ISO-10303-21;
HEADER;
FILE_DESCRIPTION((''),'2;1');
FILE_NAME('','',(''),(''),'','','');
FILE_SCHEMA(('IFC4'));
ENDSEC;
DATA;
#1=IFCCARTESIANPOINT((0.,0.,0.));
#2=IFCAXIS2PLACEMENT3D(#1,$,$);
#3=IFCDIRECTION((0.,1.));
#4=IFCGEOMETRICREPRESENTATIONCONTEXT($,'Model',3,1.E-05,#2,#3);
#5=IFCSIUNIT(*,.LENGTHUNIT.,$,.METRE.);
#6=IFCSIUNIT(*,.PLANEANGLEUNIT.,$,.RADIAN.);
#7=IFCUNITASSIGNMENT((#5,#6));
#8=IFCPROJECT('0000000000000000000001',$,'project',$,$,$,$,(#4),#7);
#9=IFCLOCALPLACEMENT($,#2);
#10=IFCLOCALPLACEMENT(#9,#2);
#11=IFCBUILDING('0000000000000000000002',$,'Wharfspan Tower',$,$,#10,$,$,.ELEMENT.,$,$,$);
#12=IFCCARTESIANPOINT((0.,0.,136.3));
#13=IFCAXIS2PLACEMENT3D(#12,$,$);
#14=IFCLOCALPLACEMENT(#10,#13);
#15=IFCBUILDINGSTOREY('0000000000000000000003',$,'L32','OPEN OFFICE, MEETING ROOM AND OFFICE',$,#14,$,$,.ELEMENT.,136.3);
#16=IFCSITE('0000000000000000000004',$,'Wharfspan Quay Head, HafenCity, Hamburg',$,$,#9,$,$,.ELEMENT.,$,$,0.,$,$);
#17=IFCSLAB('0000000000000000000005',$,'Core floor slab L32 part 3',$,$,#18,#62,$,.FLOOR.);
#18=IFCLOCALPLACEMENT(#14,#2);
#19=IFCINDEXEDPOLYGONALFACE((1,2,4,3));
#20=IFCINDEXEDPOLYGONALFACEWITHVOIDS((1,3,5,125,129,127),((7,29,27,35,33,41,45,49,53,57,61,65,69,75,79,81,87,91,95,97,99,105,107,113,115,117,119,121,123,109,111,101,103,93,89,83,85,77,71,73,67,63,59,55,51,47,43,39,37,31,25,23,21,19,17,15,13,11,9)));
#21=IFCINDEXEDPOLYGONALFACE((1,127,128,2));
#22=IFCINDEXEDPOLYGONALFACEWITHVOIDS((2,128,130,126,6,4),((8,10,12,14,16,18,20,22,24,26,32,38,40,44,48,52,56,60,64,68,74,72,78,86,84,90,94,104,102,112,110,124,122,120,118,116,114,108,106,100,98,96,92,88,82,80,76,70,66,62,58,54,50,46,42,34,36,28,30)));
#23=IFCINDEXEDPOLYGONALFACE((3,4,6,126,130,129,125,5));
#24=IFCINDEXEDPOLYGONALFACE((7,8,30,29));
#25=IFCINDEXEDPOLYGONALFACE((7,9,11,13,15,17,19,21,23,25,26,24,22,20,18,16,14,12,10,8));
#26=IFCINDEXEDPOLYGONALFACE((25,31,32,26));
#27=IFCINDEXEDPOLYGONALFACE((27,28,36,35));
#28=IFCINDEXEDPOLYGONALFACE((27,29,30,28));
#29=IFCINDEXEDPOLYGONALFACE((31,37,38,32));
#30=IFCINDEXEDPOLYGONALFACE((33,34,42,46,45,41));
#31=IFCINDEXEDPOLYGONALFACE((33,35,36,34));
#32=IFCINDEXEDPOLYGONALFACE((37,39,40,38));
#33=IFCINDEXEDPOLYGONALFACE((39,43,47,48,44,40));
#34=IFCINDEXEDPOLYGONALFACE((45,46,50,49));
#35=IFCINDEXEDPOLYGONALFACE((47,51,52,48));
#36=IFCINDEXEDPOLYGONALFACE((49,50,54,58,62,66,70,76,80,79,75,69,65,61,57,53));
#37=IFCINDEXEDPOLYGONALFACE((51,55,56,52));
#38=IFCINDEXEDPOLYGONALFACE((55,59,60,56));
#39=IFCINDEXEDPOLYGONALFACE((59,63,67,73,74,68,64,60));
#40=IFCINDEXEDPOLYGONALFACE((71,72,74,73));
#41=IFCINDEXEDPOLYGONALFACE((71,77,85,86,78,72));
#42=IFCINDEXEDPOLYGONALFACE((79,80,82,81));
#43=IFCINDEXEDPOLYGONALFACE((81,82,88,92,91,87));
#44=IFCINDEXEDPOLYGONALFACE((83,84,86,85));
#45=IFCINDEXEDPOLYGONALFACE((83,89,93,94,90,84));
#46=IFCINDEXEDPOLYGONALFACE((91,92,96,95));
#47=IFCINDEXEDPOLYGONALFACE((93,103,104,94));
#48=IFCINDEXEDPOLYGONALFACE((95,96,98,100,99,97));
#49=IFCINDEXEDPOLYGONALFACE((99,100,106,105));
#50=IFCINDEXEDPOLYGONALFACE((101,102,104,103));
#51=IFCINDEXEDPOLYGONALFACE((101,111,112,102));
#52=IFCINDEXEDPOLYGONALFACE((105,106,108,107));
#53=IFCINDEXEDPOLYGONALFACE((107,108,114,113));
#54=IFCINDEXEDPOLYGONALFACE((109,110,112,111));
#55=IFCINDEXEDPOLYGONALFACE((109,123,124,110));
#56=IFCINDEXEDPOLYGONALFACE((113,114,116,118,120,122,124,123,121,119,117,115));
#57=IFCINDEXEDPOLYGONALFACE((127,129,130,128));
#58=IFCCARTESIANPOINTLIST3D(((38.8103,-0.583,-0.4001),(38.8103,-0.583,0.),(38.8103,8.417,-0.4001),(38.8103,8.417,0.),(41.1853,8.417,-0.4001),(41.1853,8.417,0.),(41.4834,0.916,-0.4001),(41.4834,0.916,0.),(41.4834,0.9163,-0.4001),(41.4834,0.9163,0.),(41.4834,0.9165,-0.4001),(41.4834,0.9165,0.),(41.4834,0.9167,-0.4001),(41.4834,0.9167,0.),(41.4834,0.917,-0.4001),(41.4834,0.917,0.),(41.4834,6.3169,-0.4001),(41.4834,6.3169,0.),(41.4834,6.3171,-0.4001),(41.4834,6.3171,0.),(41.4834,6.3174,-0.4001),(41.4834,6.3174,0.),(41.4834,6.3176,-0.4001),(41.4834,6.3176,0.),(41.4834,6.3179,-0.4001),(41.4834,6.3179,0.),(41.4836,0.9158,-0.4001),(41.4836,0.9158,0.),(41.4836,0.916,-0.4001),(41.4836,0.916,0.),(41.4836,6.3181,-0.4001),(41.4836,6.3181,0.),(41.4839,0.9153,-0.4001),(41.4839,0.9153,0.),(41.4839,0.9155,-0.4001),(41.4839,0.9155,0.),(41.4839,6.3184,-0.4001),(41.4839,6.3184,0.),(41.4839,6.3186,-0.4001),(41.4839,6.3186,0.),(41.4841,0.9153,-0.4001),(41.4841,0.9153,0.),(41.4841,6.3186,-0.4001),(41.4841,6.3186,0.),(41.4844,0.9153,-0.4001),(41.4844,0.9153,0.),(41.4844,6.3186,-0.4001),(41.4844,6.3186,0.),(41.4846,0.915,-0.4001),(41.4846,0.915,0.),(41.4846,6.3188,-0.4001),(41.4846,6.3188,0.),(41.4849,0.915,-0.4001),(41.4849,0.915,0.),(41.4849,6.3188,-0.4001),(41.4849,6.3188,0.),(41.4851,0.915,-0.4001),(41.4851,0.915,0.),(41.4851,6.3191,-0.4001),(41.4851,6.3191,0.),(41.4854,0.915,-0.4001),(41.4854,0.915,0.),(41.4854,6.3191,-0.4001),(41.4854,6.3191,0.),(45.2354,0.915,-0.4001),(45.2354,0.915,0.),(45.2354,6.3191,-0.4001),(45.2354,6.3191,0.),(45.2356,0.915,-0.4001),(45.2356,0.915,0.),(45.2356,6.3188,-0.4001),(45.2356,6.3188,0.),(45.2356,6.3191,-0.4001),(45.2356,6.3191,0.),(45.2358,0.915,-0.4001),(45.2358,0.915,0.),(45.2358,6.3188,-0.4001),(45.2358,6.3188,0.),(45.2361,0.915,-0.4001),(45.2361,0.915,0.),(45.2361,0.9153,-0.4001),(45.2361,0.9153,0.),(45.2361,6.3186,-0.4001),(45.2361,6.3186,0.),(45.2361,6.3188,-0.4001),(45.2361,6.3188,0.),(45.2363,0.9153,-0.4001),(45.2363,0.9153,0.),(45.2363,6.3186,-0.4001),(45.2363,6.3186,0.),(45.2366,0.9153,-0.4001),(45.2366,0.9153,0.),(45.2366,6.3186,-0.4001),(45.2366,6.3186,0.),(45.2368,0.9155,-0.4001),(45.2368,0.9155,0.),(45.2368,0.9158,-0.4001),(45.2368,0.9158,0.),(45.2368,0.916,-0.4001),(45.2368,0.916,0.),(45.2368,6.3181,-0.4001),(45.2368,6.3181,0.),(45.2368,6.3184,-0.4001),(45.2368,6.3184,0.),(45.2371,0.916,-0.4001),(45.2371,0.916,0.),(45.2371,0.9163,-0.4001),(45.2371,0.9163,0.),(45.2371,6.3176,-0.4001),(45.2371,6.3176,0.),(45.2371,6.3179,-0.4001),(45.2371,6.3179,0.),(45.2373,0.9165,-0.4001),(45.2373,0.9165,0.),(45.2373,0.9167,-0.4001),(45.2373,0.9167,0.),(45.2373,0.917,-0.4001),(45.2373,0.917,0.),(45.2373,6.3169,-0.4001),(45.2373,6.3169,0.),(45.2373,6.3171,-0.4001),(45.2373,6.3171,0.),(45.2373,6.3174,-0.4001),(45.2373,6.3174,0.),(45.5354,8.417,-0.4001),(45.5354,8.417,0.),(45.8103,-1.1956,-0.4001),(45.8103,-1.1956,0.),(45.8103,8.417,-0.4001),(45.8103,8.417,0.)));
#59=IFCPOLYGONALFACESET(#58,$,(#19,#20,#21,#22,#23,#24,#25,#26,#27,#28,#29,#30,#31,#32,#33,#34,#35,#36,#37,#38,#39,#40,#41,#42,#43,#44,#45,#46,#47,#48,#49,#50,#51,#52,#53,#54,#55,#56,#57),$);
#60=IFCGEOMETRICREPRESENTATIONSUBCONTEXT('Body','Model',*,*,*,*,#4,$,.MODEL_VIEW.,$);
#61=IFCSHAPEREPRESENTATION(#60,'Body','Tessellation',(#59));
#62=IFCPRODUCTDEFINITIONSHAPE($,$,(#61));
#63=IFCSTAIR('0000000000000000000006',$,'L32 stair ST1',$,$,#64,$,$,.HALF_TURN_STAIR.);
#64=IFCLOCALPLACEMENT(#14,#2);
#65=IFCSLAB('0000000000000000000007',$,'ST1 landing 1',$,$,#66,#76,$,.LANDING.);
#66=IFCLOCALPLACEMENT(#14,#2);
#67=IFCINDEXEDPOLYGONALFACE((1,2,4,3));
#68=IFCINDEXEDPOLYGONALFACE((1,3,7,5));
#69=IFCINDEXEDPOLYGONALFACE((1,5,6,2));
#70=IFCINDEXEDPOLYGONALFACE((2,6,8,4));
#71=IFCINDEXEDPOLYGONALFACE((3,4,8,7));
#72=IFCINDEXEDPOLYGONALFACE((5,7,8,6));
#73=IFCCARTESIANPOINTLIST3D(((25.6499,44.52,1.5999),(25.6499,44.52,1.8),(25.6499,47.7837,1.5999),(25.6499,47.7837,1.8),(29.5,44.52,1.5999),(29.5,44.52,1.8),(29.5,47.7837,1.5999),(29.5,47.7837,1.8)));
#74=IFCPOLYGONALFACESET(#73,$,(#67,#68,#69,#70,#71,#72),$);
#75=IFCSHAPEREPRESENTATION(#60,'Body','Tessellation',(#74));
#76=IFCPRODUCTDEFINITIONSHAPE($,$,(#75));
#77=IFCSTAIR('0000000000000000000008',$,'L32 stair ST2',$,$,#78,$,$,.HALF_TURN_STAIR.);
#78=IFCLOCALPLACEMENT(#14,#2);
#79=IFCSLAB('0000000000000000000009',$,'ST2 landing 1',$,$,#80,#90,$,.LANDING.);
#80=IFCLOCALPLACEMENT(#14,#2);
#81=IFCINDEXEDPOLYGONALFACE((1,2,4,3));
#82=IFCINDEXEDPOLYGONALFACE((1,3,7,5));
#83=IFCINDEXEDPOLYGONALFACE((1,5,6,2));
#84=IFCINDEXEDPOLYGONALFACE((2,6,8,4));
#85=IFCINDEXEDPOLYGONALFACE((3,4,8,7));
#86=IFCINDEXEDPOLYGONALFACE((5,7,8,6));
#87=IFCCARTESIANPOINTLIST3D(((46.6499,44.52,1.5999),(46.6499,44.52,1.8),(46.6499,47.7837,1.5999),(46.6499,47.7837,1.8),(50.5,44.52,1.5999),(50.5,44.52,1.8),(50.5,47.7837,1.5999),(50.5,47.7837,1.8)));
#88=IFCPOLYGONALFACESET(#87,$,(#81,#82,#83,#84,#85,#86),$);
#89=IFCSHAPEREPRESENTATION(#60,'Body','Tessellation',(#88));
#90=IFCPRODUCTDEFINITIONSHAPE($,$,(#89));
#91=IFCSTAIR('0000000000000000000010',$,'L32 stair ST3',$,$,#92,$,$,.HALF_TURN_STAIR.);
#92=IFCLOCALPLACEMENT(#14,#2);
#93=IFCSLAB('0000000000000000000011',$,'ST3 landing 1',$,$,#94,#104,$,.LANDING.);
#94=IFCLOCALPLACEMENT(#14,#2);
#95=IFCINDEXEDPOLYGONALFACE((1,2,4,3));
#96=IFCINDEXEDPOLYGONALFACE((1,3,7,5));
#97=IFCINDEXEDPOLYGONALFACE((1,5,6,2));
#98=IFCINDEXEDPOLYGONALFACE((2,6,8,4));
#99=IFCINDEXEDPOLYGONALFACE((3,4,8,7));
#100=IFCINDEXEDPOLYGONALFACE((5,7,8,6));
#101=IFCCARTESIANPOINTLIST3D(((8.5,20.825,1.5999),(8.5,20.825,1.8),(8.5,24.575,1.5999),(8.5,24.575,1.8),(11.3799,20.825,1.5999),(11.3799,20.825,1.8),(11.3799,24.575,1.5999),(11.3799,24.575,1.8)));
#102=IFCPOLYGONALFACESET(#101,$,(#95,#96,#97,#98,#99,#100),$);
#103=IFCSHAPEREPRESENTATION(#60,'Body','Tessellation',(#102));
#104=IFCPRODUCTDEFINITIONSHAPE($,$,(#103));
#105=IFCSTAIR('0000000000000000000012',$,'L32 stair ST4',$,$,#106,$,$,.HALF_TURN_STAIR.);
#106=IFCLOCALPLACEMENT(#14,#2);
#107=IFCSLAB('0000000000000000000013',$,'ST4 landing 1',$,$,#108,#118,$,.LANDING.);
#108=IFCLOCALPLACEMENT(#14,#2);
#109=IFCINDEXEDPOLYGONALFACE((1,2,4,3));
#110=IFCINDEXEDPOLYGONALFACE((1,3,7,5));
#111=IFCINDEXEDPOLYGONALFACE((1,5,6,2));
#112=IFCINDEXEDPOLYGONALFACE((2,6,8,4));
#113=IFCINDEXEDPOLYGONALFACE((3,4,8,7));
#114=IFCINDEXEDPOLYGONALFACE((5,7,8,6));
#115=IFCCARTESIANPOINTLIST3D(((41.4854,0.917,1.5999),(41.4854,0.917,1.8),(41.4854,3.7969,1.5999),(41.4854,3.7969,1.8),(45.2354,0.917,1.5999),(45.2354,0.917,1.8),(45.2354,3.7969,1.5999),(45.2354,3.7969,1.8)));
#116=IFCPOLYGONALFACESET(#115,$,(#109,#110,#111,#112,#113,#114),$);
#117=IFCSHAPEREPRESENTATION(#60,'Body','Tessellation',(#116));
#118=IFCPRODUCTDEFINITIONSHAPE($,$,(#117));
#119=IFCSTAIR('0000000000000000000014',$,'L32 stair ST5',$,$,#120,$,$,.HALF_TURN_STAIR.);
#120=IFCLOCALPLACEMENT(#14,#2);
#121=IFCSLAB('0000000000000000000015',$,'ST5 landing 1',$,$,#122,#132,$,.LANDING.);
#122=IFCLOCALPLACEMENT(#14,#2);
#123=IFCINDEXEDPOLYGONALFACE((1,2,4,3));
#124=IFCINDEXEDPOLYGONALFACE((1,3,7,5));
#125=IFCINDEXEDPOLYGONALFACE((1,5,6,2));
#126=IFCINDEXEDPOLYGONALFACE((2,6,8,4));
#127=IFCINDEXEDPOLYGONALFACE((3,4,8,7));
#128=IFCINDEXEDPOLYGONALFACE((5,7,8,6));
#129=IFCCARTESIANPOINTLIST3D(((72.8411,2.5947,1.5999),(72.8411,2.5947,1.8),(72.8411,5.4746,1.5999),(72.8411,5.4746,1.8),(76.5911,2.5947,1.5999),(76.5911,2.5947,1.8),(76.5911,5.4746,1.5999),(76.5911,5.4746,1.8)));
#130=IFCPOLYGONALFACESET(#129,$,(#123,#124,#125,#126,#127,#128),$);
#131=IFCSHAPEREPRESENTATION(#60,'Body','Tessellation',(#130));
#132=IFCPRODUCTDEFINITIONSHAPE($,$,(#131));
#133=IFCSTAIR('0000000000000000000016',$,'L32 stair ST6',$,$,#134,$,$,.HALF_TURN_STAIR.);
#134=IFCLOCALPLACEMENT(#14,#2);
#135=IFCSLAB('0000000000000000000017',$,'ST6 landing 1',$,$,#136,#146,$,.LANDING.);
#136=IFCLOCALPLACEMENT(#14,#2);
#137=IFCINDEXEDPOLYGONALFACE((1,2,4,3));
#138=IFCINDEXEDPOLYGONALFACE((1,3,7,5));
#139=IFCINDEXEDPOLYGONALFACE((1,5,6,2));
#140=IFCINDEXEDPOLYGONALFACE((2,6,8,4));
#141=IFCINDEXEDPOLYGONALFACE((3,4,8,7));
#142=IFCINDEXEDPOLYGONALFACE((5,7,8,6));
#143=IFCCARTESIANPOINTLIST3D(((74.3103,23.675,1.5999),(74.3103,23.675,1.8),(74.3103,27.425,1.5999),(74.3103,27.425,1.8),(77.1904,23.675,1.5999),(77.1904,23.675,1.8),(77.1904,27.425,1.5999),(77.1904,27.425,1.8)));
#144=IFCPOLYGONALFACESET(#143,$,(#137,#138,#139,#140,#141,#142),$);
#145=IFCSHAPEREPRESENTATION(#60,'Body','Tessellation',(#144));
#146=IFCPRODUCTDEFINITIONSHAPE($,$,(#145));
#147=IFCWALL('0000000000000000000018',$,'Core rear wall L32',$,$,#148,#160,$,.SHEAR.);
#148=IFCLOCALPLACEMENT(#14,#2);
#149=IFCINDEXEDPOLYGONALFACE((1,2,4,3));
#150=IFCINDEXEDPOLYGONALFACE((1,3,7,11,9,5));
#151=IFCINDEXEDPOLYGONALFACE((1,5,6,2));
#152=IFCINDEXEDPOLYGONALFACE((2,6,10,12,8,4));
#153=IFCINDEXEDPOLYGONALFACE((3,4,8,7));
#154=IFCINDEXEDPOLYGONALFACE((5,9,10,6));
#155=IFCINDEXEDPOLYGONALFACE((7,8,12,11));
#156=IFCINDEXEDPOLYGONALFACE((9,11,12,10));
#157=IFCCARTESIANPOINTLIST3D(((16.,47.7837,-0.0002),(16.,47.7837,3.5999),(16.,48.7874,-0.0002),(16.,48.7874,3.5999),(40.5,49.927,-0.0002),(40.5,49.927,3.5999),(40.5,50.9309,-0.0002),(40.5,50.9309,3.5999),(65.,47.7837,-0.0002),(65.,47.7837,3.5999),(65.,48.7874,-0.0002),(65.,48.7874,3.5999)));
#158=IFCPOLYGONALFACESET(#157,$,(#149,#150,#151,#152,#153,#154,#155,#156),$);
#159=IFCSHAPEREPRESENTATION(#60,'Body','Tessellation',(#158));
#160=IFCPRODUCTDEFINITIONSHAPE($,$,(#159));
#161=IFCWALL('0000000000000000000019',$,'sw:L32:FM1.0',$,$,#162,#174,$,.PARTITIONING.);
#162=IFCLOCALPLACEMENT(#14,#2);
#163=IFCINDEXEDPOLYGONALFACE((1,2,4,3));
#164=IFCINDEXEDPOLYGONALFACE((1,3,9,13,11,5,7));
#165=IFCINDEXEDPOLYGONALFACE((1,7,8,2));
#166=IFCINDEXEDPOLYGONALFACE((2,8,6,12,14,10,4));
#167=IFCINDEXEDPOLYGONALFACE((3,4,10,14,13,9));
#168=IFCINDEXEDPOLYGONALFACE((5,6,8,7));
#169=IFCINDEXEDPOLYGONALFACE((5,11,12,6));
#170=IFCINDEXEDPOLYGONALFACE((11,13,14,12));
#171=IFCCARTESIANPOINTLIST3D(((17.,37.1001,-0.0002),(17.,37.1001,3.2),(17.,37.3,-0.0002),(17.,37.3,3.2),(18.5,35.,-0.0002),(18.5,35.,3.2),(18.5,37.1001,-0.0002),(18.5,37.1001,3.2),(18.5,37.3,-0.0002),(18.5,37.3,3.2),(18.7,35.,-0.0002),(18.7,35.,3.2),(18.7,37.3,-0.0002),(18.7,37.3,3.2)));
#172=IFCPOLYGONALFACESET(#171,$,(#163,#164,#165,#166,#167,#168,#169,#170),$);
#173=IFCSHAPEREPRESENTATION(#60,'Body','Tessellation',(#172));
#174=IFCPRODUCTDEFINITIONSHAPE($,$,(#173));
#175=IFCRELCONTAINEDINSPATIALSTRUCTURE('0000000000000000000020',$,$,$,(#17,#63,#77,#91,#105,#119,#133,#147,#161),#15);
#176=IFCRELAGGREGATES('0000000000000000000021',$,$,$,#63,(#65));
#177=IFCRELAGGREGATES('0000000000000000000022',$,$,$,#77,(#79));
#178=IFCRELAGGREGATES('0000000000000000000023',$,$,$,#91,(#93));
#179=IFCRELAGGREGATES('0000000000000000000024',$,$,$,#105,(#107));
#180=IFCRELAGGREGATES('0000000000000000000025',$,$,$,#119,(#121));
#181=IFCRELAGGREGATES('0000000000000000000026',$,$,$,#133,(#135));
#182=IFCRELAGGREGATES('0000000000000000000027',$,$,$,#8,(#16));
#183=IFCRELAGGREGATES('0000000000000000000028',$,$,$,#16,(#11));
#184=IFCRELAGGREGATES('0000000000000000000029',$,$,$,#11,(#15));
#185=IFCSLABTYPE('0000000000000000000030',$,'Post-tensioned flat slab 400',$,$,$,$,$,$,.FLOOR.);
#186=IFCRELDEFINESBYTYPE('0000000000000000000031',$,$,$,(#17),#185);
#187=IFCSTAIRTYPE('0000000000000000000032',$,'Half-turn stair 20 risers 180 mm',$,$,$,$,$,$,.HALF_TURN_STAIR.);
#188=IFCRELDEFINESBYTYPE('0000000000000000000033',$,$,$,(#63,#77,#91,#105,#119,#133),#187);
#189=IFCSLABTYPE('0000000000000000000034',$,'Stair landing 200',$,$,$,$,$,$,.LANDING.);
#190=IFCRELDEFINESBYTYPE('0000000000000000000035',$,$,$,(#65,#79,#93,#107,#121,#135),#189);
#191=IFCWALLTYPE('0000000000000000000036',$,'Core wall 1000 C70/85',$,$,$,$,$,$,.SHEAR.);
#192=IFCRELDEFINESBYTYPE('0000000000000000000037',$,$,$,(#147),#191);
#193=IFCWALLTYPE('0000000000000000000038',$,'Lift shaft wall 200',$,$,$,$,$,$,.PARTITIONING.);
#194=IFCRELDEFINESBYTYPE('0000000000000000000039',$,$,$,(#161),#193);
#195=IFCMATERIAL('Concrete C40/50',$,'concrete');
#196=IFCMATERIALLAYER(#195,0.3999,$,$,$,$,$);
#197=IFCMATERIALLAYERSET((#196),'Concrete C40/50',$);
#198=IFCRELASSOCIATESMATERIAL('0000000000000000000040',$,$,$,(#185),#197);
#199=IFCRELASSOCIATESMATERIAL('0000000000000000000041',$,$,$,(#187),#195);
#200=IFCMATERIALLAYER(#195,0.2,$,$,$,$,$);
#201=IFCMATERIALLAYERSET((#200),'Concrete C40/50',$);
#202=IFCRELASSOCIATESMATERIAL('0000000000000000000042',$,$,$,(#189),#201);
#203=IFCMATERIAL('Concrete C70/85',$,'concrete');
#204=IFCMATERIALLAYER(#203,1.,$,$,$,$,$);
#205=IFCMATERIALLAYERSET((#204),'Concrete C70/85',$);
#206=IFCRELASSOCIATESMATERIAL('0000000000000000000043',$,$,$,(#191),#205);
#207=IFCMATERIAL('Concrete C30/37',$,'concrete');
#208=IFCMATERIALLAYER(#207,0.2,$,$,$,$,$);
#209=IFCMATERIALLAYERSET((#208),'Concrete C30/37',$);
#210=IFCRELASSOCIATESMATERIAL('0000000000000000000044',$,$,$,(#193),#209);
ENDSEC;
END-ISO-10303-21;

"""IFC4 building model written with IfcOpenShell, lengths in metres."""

from ifc_helpers import new_model, si_unit, direction, frame, origin, place, context, subcontext, project, spatial, polyline, outline, extrude, material, layer, layer_set, type_object, element, aggregate, save


model = new_model("IFC4")

# Units and contexts
model_context = context("Model", 3, precision=1e-05, world=origin(), true_north=direction((0.0, 1.0)))
body_context = subcontext(model_context, "Body", "Model", "MODEL_VIEW")
ifc_project = project(units=[si_unit("LENGTHUNIT", "METRE"), si_unit("PLANEANGLEUNIT", "RADIAN")], contexts=[model_context])

# Site, building, storey
site_placement = place(None, origin())
site = spatial("IfcSite", under=ifc_project, at=site_placement, Name="Wharfspan Quay Head, HafenCity, Hamburg", CompositionType="ELEMENT", RefElevation=0.0)
building_placement = place(site_placement, origin())
building = spatial("IfcBuilding", under=site, at=building_placement, Name="Wharfspan Tower", CompositionType="ELEMENT")
storey_placement = place(building_placement, frame((0.0, 0.0, 136.3)))
storey = spatial("IfcBuildingStorey", under=building, at=storey_placement, Name="L32", Description="OPEN OFFICE, MEETING ROOM AND OFFICE", CompositionType="ELEMENT", Elevation=136.3)

# Slab
ifc_material_1 = material(Name="Concrete C40/50", Category="concrete")
ifc_layer_1 = layer(ifc_material_1, 0.3999)
ifc_layer_set_1 = layer_set([ifc_layer_1], Name="Concrete C40/50")
slab_type_1 = type_object("IfcSlabType", Name="Post-tensioned flat slab 400", PredefinedType="FLOOR", material=ifc_layer_set_1)
slab_1_placement = place(storey_placement, frame((0.0, 0.0, -0.4001)))
element("IfcSlab", 1, at=slab_1_placement, inside=storey, type_object=slab_type_1, Name="Core floor slab L32 part 3", PredefinedType="FLOOR", context=body_context, shape_type="SweptSolid", body=[
    extrude(outline(polyline([(45.5354, 8.417), (41.1853, 8.417), (38.8103, 8.417), (38.8103, -0.583), (45.8103, -1.1956), (45.8103, 8.417), (45.5354, 8.417)]), holes=[polyline([(41.4834, 6.3169), (41.4834, 6.3171), (41.4834, 6.3174), (41.4834, 6.3174), (41.4834, 6.3176), (41.4834, 6.3179), (41.4836, 6.3181), (41.4836, 6.3181), (41.4839, 6.3184), (41.4839, 6.3186), (41.4841, 6.3186), (41.4844, 6.3186), (41.4846, 6.3188), (41.4846, 6.3188), (41.4849, 6.3188), (41.4851, 6.3191), (41.4854, 6.3191), (45.2354, 6.3191), (45.2356, 6.3191), (45.2356, 6.3188), (45.2358, 6.3188), (45.2361, 6.3188), (45.2361, 6.3186), (45.2363, 6.3186), (45.2366, 6.3186), (45.2368, 6.3184), (45.2368, 6.3181), (45.2368, 6.3181), (45.2371, 6.3179), (45.2371, 6.3176), (45.2373, 6.3174), (45.2373, 6.3174), (45.2373, 6.3171), (45.2373, 6.3169), (45.2373, 0.917), (45.2373, 0.9167), (45.2373, 0.9165), (45.2373, 0.9165), (45.2371, 0.9163), (45.2371, 0.916), (45.2368, 0.916), (45.2368, 0.9158), (45.2368, 0.9155), (45.2366, 0.9153), (45.2363, 0.9153), (45.2361, 0.9153), (45.2361, 0.915), (45.2358, 0.915), (45.2356, 0.915), (45.2356, 0.915), (45.2354, 0.915), (41.4854, 0.915), (41.4851, 0.915), (41.4849, 0.915), (41.4846, 0.915), (41.4846, 0.915), (41.4844, 0.9153), (41.4841, 0.9153), (41.4839, 0.9153), (41.4839, 0.9155), (41.4836, 0.9158), (41.4836, 0.916), (41.4834, 0.916), (41.4834, 0.9163), (41.4834, 0.9165), (41.4834, 0.9165), (41.4834, 0.9167), (41.4834, 0.917), (41.4834, 6.3169)])]), origin(), (0.0, 0.0, 1.0), 0.4001),
])

# Stairs, slabs
stair_type = type_object("IfcStairType", Name="Half-turn stair 20 risers 180 mm", PredefinedType="HALF_TURN_STAIR", material=ifc_material_1)
stair_1_placement = place(storey_placement, origin())
stair_1 = element("IfcStair", 2, at=stair_1_placement, inside=storey, type_object=stair_type, Name="L32 stair ST1", PredefinedType="HALF_TURN_STAIR")
ifc_layer_2 = layer(ifc_material_1, 0.2)
ifc_layer_set_2 = layer_set([ifc_layer_2], Name="Concrete C40/50")
slab_type_2 = type_object("IfcSlabType", Name="Stair landing 200", PredefinedType="LANDING", material=ifc_layer_set_2)
slab_2_placement = place(storey_placement, frame((0.0, 0.0, 1.5999)))
slab_2 = element("IfcSlab", 3, at=slab_2_placement, type_object=slab_type_2, Name="ST1 landing 1", PredefinedType="LANDING", context=body_context, shape_type="SweptSolid", body=[
    extrude(outline(polyline([(25.6499, 44.52), (29.5, 44.52), (29.5, 47.7837), (25.6499, 47.7837), (25.6499, 44.52)])), origin(), (0.0, 0.0, 1.0), 0.2002),
])
aggregate(stair_1, [slab_2])
stair_2_placement = place(storey_placement, origin())
stair_2 = element("IfcStair", 4, at=stair_2_placement, inside=storey, type_object=stair_type, Name="L32 stair ST2", PredefinedType="HALF_TURN_STAIR")
slab_3_placement = place(storey_placement, frame((0.0, 0.0, 1.5999)))
slab_3 = element("IfcSlab", 5, at=slab_3_placement, type_object=slab_type_2, Name="ST2 landing 1", PredefinedType="LANDING", context=body_context, shape_type="SweptSolid", body=[
    extrude(outline(polyline([(46.6499, 44.52), (50.5, 44.52), (50.5, 47.7837), (46.6499, 47.7837), (46.6499, 44.52)])), origin(), (0.0, 0.0, 1.0), 0.2002),
])
aggregate(stair_2, [slab_3])
stair_3_placement = place(storey_placement, origin())
stair_3 = element("IfcStair", 6, at=stair_3_placement, inside=storey, type_object=stair_type, Name="L32 stair ST3", PredefinedType="HALF_TURN_STAIR")
slab_4_placement = place(storey_placement, frame((0.0, 0.0, 1.5999)))
slab_4 = element("IfcSlab", 7, at=slab_4_placement, type_object=slab_type_2, Name="ST3 landing 1", PredefinedType="LANDING", context=body_context, shape_type="SweptSolid", body=[
    extrude(outline(polyline([(11.3799, 24.575), (8.5, 24.575), (8.5, 20.825), (11.3799, 20.825), (11.3799, 24.575)])), origin(), (0.0, 0.0, 1.0), 0.2002),
])
aggregate(stair_3, [slab_4])
stair_4_placement = place(storey_placement, origin())
stair_4 = element("IfcStair", 8, at=stair_4_placement, inside=storey, type_object=stair_type, Name="L32 stair ST4", PredefinedType="HALF_TURN_STAIR")
slab_5_placement = place(storey_placement, frame((0.0, 0.0, 1.5999)))
slab_5 = element("IfcSlab", 9, at=slab_5_placement, type_object=slab_type_2, Name="ST4 landing 1", PredefinedType="LANDING", context=body_context, shape_type="SweptSolid", body=[
    extrude(outline(polyline([(41.4854, 3.7969), (41.4854, 0.917), (45.2354, 0.917), (45.2354, 3.7969), (41.4854, 3.7969)])), origin(), (0.0, 0.0, 1.0), 0.2002),
])
aggregate(stair_4, [slab_5])
stair_5_placement = place(storey_placement, origin())
stair_5 = element("IfcStair", 10, at=stair_5_placement, inside=storey, type_object=stair_type, Name="L32 stair ST5", PredefinedType="HALF_TURN_STAIR")
slab_6_placement = place(storey_placement, frame((0.0, 0.0, 1.5999)))
slab_6 = element("IfcSlab", 11, at=slab_6_placement, type_object=slab_type_2, Name="ST5 landing 1", PredefinedType="LANDING", context=body_context, shape_type="SweptSolid", body=[
    extrude(outline(polyline([(72.8411, 5.4746), (72.8411, 2.5947), (76.5911, 2.5947), (76.5911, 5.4746), (72.8411, 5.4746)])), origin(), (0.0, 0.0, 1.0), 0.2002),
])
aggregate(stair_5, [slab_6])
stair_6_placement = place(storey_placement, origin())
stair_6 = element("IfcStair", 12, at=stair_6_placement, inside=storey, type_object=stair_type, Name="L32 stair ST6", PredefinedType="HALF_TURN_STAIR")
slab_7_placement = place(storey_placement, frame((0.0, 0.0, 1.5999)))
slab_7 = element("IfcSlab", 13, at=slab_7_placement, type_object=slab_type_2, Name="ST6 landing 1", PredefinedType="LANDING", context=body_context, shape_type="SweptSolid", body=[
    extrude(outline(polyline([(74.3103, 23.675), (77.1904, 23.675), (77.1904, 27.425), (74.3103, 27.425), (74.3103, 23.675)])), origin(), (0.0, 0.0, 1.0), 0.2002),
])
aggregate(stair_6, [slab_7])

# Walls
ifc_material_2 = material(Name="Concrete C70/85", Category="concrete")
ifc_layer_3 = layer(ifc_material_2, 1.0)
ifc_layer_set_3 = layer_set([ifc_layer_3], Name="Concrete C70/85")
wall_type_1 = type_object("IfcWallType", Name="Core wall 1000 C70/85", PredefinedType="SHEAR", material=ifc_layer_set_3)
wall_1_placement = place(storey_placement, frame((0.0, 0.0, -0.0002)))
element("IfcWall", 14, at=wall_1_placement, inside=storey, type_object=wall_type_1, Name="Core rear wall L32", PredefinedType="SHEAR", context=body_context, shape_type="SweptSolid", body=[
    extrude(outline(polyline([(16.0, 47.7837), (40.5, 49.927), (65.0, 47.7837), (65.0, 48.7874), (40.5, 50.9309), (16.0, 48.7874), (16.0, 47.7837)])), origin(), (0.0, 0.0, 1.0), 3.6001),
])
ifc_material_3 = material(Name="Concrete C30/37", Category="concrete")
ifc_layer_4 = layer(ifc_material_3, 0.2)
ifc_layer_set_4 = layer_set([ifc_layer_4], Name="Concrete C30/37")
wall_type_2 = type_object("IfcWallType", Name="Lift shaft wall 200", PredefinedType="PARTITIONING", material=ifc_layer_set_4)
wall_2_placement = place(storey_placement, frame((0.0, 0.0, -0.0002)))
element("IfcWall", 15, at=wall_2_placement, inside=storey, type_object=wall_type_2, Name="sw:L32:FM1.0", PredefinedType="PARTITIONING", context=body_context, shape_type="SweptSolid", body=[
    extrude(outline(polyline([(18.5, 37.1001), (17.0, 37.1001), (17.0, 37.3), (18.5, 37.3), (18.7, 37.3), (18.7, 35.0), (18.5, 35.0), (18.5, 37.1001)])), origin(), (0.0, 0.0, 1.0), 3.2002),
])

save(model, "model.ifc")
